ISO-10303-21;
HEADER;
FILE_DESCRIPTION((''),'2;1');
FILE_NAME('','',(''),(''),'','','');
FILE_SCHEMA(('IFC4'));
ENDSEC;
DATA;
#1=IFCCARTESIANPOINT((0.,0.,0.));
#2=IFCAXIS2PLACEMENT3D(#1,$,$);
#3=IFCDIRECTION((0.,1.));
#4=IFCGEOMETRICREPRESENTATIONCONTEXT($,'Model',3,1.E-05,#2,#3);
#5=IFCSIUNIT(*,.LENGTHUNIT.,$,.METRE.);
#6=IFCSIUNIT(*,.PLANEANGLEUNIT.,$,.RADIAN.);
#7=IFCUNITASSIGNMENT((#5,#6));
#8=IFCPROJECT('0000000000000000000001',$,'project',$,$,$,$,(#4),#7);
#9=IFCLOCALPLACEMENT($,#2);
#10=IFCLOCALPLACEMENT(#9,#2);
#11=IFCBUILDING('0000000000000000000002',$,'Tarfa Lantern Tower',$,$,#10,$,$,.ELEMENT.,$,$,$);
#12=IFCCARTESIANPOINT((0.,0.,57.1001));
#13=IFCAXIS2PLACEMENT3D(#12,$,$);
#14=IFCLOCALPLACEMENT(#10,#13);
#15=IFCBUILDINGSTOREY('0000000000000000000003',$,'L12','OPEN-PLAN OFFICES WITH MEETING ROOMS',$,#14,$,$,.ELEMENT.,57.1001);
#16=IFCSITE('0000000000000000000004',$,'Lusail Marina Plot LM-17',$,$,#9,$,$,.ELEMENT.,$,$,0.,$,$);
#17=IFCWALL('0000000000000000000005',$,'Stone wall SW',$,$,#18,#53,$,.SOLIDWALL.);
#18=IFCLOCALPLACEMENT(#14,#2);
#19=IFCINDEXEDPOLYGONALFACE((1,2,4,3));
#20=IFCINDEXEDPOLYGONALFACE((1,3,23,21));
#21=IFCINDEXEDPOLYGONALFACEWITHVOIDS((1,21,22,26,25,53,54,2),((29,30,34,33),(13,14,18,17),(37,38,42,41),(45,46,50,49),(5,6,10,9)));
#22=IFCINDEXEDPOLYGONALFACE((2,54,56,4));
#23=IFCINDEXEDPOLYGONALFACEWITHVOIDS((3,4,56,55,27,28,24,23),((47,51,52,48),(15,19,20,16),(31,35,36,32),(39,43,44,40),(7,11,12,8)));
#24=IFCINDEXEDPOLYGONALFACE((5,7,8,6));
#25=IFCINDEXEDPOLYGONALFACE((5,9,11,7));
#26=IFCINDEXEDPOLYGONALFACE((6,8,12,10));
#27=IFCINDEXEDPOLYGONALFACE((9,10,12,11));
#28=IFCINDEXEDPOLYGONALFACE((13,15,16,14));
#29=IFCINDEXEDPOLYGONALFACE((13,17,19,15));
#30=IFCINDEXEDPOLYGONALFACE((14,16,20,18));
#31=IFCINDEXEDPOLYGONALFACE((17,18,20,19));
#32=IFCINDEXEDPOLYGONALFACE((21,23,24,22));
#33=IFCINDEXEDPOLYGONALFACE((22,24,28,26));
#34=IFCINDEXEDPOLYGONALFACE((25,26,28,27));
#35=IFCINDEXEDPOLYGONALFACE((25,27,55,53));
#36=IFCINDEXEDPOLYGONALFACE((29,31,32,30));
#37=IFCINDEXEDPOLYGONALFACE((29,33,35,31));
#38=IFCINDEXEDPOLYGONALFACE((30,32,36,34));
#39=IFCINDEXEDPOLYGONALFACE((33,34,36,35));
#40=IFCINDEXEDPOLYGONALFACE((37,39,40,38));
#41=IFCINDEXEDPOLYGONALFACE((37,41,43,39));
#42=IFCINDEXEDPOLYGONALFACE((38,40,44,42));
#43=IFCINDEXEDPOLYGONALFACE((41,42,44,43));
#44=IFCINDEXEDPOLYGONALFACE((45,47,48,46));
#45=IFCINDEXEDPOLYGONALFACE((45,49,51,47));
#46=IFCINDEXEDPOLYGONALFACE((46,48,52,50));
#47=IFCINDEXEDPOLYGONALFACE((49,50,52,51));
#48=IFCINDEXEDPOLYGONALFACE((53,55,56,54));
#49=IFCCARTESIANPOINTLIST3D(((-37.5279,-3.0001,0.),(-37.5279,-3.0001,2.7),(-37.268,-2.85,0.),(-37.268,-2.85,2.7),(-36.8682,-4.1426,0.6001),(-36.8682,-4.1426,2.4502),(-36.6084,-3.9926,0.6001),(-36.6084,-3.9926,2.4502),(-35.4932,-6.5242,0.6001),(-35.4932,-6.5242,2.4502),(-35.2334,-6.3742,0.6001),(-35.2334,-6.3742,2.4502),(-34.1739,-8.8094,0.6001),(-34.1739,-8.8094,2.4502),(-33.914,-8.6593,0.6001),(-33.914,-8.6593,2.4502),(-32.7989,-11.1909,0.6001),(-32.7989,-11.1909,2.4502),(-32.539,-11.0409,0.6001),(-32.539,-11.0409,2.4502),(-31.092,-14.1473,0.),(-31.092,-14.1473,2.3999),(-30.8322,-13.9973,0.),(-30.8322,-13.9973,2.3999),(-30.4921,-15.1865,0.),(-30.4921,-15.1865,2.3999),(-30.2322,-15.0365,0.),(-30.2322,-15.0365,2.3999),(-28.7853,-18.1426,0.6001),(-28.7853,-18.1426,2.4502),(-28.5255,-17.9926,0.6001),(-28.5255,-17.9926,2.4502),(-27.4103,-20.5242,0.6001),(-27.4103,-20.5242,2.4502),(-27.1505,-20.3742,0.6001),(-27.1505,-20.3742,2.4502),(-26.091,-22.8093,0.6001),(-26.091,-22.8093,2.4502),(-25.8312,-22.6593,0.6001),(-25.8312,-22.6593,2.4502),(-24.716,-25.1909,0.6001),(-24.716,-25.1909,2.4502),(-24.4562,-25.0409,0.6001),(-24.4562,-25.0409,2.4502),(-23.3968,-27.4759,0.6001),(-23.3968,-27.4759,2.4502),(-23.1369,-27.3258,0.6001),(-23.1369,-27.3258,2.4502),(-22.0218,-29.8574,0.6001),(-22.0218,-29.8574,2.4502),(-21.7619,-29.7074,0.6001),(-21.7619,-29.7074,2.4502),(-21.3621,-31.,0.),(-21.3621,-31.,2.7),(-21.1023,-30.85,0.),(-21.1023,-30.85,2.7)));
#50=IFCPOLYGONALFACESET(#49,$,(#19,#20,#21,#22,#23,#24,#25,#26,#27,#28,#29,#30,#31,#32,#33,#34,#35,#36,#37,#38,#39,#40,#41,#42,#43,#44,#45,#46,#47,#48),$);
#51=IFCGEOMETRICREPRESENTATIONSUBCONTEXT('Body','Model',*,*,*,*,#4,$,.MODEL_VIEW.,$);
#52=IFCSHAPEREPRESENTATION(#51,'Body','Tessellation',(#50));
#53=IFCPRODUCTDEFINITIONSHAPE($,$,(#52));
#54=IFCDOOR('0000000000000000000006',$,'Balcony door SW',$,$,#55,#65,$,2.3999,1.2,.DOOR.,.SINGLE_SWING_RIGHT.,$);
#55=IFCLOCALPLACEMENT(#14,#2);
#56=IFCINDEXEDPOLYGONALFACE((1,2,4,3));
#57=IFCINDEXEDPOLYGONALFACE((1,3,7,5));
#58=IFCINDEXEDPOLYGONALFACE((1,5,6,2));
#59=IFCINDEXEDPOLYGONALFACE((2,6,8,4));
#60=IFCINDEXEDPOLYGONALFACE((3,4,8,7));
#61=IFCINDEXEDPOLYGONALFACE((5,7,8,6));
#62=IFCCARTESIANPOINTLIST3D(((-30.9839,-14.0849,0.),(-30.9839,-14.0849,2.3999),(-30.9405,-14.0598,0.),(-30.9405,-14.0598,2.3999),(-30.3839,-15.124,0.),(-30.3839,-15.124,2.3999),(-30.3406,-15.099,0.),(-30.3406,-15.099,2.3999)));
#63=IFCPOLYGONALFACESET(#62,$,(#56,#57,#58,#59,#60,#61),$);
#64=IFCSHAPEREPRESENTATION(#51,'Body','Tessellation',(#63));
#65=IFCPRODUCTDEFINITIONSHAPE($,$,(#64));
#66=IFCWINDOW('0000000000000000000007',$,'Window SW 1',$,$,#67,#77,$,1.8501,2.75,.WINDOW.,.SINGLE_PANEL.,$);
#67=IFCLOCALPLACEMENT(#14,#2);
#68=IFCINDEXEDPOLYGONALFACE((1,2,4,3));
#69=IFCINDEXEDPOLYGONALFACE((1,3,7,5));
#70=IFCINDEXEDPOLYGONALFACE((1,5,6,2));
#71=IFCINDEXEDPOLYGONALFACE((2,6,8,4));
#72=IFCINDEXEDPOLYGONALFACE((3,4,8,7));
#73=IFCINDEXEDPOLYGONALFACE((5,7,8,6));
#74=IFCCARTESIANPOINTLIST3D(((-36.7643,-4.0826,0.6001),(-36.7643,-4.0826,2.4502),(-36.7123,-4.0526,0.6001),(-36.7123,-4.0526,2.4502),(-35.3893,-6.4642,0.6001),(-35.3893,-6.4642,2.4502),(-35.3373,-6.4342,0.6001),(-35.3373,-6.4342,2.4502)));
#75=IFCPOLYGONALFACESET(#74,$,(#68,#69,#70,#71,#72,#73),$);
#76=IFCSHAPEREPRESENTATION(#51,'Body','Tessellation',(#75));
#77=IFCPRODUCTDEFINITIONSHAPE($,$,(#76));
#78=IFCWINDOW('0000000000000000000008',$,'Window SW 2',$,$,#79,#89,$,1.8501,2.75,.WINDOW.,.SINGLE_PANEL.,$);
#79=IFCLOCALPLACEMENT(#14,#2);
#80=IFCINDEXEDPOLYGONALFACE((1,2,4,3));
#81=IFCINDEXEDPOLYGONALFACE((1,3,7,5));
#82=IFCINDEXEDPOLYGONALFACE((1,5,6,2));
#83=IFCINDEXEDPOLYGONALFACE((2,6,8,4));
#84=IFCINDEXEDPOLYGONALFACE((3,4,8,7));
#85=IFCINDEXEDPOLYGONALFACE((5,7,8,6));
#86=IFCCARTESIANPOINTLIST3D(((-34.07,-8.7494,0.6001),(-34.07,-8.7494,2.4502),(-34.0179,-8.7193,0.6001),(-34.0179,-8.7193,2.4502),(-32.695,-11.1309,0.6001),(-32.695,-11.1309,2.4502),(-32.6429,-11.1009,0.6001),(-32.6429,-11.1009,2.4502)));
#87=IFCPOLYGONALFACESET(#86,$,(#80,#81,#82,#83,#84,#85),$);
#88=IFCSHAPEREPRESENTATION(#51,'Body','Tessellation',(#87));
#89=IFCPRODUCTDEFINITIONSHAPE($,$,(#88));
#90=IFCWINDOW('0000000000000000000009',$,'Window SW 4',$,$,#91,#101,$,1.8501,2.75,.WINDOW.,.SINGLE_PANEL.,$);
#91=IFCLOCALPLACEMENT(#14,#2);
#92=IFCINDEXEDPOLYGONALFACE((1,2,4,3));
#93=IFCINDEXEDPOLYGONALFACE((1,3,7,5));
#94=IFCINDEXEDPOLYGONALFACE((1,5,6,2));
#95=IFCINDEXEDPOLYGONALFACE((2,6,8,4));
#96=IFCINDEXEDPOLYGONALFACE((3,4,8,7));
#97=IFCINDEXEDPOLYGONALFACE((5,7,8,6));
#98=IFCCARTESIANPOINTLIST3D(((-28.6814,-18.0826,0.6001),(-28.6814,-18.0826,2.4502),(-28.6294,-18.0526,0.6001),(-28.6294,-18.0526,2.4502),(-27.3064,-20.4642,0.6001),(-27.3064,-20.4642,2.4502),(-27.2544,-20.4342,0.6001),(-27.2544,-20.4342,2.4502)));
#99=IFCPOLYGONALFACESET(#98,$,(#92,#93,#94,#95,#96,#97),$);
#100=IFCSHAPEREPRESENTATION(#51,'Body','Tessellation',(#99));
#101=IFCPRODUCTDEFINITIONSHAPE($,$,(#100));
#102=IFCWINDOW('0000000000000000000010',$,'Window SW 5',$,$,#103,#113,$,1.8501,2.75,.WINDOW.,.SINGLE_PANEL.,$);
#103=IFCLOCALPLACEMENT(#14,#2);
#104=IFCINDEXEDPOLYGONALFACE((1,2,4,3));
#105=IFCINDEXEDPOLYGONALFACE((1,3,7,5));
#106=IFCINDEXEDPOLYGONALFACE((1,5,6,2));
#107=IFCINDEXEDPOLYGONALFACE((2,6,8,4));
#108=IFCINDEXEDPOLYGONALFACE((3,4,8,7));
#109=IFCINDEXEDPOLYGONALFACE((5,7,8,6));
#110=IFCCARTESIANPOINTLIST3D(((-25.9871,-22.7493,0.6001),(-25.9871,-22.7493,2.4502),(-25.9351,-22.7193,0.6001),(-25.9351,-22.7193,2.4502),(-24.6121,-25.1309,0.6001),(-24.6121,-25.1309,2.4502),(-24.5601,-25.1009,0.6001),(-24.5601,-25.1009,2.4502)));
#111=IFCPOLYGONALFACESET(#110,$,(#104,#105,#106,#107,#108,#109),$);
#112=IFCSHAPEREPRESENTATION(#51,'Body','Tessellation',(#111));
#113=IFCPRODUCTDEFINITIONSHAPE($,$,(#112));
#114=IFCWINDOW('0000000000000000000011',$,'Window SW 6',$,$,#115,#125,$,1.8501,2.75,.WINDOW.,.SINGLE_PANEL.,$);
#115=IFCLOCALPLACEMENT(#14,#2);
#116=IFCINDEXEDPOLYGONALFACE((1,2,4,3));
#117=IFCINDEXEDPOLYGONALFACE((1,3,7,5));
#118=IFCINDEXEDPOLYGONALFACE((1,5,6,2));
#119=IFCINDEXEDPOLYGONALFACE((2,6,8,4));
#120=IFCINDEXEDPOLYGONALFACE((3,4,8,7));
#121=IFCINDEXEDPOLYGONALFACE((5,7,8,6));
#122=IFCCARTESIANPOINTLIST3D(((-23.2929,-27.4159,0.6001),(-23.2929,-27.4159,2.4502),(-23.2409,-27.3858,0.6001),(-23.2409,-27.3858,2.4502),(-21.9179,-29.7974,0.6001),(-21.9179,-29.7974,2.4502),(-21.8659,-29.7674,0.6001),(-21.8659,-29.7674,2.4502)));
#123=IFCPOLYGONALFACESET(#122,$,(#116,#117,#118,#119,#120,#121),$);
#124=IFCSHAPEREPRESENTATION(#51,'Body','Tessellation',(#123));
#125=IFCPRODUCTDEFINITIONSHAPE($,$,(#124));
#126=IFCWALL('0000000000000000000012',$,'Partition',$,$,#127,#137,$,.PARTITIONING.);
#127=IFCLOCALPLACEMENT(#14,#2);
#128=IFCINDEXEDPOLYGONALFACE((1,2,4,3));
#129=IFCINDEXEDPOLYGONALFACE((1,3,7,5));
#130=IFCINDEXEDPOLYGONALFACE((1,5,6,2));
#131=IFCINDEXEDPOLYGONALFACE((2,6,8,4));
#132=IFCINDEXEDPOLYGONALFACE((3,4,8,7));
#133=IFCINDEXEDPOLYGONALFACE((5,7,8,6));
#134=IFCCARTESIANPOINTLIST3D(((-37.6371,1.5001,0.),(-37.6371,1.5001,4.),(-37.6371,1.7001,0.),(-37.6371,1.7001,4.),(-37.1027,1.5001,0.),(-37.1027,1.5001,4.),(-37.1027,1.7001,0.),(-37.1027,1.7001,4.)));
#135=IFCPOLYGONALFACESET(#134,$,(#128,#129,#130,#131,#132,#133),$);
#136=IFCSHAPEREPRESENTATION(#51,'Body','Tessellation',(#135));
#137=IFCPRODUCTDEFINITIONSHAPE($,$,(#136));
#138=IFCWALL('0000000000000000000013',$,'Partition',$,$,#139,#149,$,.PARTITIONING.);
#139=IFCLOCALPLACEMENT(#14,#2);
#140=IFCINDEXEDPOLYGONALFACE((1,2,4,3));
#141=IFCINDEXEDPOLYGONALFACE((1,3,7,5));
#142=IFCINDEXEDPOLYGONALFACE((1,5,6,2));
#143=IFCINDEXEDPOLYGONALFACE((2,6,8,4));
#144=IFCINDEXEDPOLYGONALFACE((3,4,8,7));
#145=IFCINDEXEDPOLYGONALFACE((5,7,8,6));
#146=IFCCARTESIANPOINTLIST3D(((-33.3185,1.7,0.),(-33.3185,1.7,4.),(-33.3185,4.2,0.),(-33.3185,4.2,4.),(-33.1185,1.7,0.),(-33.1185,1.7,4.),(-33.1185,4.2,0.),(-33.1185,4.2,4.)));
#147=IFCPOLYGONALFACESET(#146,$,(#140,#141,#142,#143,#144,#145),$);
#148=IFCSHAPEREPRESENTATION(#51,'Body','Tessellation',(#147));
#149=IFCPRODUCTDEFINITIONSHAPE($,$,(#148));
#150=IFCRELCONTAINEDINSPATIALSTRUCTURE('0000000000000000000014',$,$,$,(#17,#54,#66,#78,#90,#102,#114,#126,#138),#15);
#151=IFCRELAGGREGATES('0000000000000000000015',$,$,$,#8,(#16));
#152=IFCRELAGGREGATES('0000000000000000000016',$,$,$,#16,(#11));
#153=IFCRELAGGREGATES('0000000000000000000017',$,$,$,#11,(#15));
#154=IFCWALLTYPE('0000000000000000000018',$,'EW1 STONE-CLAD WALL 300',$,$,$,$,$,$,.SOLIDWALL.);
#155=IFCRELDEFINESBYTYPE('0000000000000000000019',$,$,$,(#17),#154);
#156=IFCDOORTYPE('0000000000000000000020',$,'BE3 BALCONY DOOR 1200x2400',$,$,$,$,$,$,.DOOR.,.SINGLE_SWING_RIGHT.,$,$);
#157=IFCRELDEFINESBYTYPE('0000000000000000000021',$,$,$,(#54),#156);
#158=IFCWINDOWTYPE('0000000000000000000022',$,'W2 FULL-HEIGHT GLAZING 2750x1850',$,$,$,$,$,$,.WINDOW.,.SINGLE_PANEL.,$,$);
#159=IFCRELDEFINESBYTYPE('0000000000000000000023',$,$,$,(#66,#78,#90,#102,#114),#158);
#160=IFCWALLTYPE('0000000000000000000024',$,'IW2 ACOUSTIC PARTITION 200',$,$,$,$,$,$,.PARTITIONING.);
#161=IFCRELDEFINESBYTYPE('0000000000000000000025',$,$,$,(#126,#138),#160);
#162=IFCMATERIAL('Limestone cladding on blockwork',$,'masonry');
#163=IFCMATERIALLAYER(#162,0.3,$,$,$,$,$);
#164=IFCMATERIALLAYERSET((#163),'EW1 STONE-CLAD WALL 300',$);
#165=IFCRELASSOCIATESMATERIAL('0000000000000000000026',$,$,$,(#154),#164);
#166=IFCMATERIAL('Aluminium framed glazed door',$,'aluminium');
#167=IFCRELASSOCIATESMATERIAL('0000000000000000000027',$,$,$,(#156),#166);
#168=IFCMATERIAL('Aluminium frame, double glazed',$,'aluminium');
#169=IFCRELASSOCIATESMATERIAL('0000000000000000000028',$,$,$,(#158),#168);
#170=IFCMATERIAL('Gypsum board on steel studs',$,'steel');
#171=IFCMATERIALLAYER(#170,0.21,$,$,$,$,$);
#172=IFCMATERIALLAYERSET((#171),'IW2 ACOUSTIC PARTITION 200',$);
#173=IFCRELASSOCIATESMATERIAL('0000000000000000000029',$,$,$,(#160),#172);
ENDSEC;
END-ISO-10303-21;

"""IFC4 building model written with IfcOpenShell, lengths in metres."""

from ifc_helpers import new_model, si_unit, direction, frame, frame_2d, origin, place, context, subcontext, project, spatial, rectangle, extrude, material, layer, layer_set, type_object, element, fill, save


model = new_model("IFC4")

# Units and contexts
model_context = context("Model", 3, precision=1e-05, world=origin(), true_north=direction((0.0, 1.0)))
body_context = subcontext(model_context, "Body", "Model", "MODEL_VIEW")
ifc_project = project(units=[si_unit("LENGTHUNIT", "METRE"), si_unit("PLANEANGLEUNIT", "RADIAN")], contexts=[model_context])

# Site, building, storey
site_placement = place(None, origin())
site = spatial("IfcSite", under=ifc_project, at=site_placement, Name="Lusail Marina Plot LM-17", CompositionType="ELEMENT", RefElevation=0.0)
building_placement = place(site_placement, origin())
building = spatial("IfcBuilding", under=site, at=building_placement, Name="Tarfa Lantern Tower", CompositionType="ELEMENT")
storey_placement = place(building_placement, frame((0.0, 0.0, 57.1001)))
storey = spatial("IfcBuildingStorey", under=building, at=storey_placement, Name="L12", Description="OPEN-PLAN OFFICES WITH MEETING ROOMS", CompositionType="ELEMENT", Elevation=57.1001)

# Wall, openings, door, windows
ifc_material_1 = material(Name="Limestone cladding on blockwork", Category="masonry")
ifc_layer_1 = layer(ifc_material_1, 0.3)
ifc_layer_set_1 = layer_set([ifc_layer_1], Name="EW1 STONE-CLAD WALL 300")
wall_type_1 = type_object("IfcWallType", Name="EW1 STONE-CLAD WALL 300", PredefinedType="SOLIDWALL", material=ifc_layer_set_1)
wall_1_placement = place(storey_placement, frame((-37.3979, -2.925, 0.0), z_axis=(0.0, 0.0, 1.0), x_axis=(0.499999, -0.866026, 0.0)))
wall_1 = element("IfcWall", 1, at=wall_1_placement, inside=storey, type_object=wall_type_1, Name="Stone wall SW", PredefinedType="SOLIDWALL", context=body_context, shape_type="SweptSolid", body=[
    extrude(rectangle(XDim=32.3315, YDim=0.3, at=frame_2d((16.1658, 0.0))), origin(), (0.0, 0.0, 1.0), 2.7),
])
opening_1_placement = place(wall_1_placement, frame((1.3193, 0.0, 0.6001)))
opening_1 = element("IfcOpeningElement", 2, at=opening_1_placement, cuts=wall_1, PredefinedType="OPENING", context=body_context, shape_type="SweptSolid", body=[
    extrude(rectangle(XDim=2.75, YDim=1.8501, at=frame_2d((1.375, 0.925))), frame((0.0, 0.1599, 0.0), z_axis=(0.0, -1.0, 0.0), x_axis=(1.0, 0.0, 0.0)), (0.0, 0.0, 1.0), 0.3201),
])
opening_2_placement = place(wall_1_placement, frame((6.708, 0.0, 0.6001)))
opening_2 = element("IfcOpeningElement", 3, at=opening_2_placement, cuts=wall_1, PredefinedType="OPENING", context=body_context, shape_type="SweptSolid", body=[
    extrude(rectangle(XDim=2.75, YDim=1.8501, at=frame_2d((1.375, 0.925))), frame((0.0, 0.1599, 0.0), z_axis=(0.0, -1.0, 0.0), x_axis=(1.0, 0.0, 0.0)), (0.0, 0.0, 1.0), 0.3201),
])
opening_3_placement = place(wall_1_placement, frame((12.8716, 0.0, 0.0)))
opening_3 = element("IfcOpeningElement", 4, at=opening_3_placement, cuts=wall_1, PredefinedType="OPENING", context=body_context, shape_type="SweptSolid", body=[
    extrude(rectangle(XDim=1.2, YDim=2.3999, at=frame_2d((0.6001, 1.2))), frame((0.0, 0.1599, 0.0), z_axis=(0.0, -1.0, 0.0), x_axis=(1.0, 0.0, 0.0)), (0.0, 0.0, 1.0), 0.3201),
])
opening_4_placement = place(wall_1_placement, frame((17.4851, 0.0, 0.6001)))
opening_4 = element("IfcOpeningElement", 5, at=opening_4_placement, cuts=wall_1, PredefinedType="OPENING", context=body_context, shape_type="SweptSolid", body=[
    extrude(rectangle(XDim=2.75, YDim=1.8501, at=frame_2d((1.375, 0.925))), frame((0.0, 0.1599, 0.0), z_axis=(0.0, -1.0, 0.0), x_axis=(1.0, 0.0, 0.0)), (0.0, 0.0, 1.0), 0.3201),
])
opening_5_placement = place(wall_1_placement, frame((22.8738, 0.0, 0.6001)))
opening_5 = element("IfcOpeningElement", 6, at=opening_5_placement, cuts=wall_1, PredefinedType="OPENING", context=body_context, shape_type="SweptSolid", body=[
    extrude(rectangle(XDim=2.75, YDim=1.8501, at=frame_2d((1.375, 0.925))), frame((0.0, 0.1599, 0.0), z_axis=(0.0, -1.0, 0.0), x_axis=(1.0, 0.0, 0.0)), (0.0, 0.0, 1.0), 0.3201),
])
opening_6_placement = place(wall_1_placement, frame((28.2622, 0.0, 0.6001)))
opening_6 = element("IfcOpeningElement", 7, at=opening_6_placement, cuts=wall_1, PredefinedType="OPENING", context=body_context, shape_type="SweptSolid", body=[
    extrude(rectangle(XDim=2.75, YDim=1.8501, at=frame_2d((1.375, 0.925))), frame((0.0, 0.1599, 0.0), z_axis=(0.0, -1.0, 0.0), x_axis=(1.0, 0.0, 0.0)), (0.0, 0.0, 1.0), 0.3201),
])
ifc_material_2 = material(Name="Aluminium framed glazed door", Category="aluminium")
door_type = type_object("IfcDoorType", Name="BE3 BALCONY DOOR 1200x2400", OperationType="SINGLE_SWING_RIGHT", PredefinedType="DOOR", material=ifc_material_2)
door_placement = place(opening_3_placement, origin())
door = element("IfcDoor", 8, at=door_placement, inside=storey, type_object=door_type, Name="Balcony door SW", OperationType="SINGLE_SWING_RIGHT", OverallHeight=2.3999, OverallWidth=1.2, PredefinedType="DOOR", context=body_context, shape_type="SweptSolid", body=[
    extrude(rectangle(XDim=1.2, YDim=2.3999, at=frame_2d((0.6001, 1.2))), frame((0.0, 0.0249, 0.0), z_axis=(0.0, -1.0, 0.0), x_axis=(1.0, 0.0, 0.0)), (0.0, 0.0, 1.0), 0.05),
])
fill(opening_3, door)
ifc_material_3 = material(Name="Aluminium frame, double glazed", Category="aluminium")
window_type = type_object("IfcWindowType", Name="W2 FULL-HEIGHT GLAZING 2750x1850", PartitioningType="SINGLE_PANEL", PredefinedType="WINDOW", material=ifc_material_3)
window_1_placement = place(opening_1_placement, origin())
window_1 = element("IfcWindow", 9, at=window_1_placement, inside=storey, type_object=window_type, Name="Window SW 1", OverallHeight=1.8501, OverallWidth=2.75, PartitioningType="SINGLE_PANEL", PredefinedType="WINDOW", context=body_context, shape_type="SweptSolid", body=[
    extrude(rectangle(XDim=2.75, YDim=1.8501, at=frame_2d((1.375, 0.925))), frame((0.0, 0.03, 0.0), z_axis=(0.0, -1.0, 0.0), x_axis=(1.0, 0.0, 0.0)), (0.0, 0.0, 1.0), 0.0601),
])
fill(opening_1, window_1)
window_2_placement = place(opening_2_placement, origin())
window_2 = element("IfcWindow", 10, at=window_2_placement, inside=storey, type_object=window_type, Name="Window SW 2", OverallHeight=1.8501, OverallWidth=2.75, PartitioningType="SINGLE_PANEL", PredefinedType="WINDOW", context=body_context, shape_type="SweptSolid", body=[
    extrude(rectangle(XDim=2.75, YDim=1.8501, at=frame_2d((1.375, 0.925))), frame((0.0, 0.03, 0.0), z_axis=(0.0, -1.0, 0.0), x_axis=(1.0, 0.0, 0.0)), (0.0, 0.0, 1.0), 0.0601),
])
fill(opening_2, window_2)
window_3_placement = place(opening_4_placement, origin())
window_3 = element("IfcWindow", 11, at=window_3_placement, inside=storey, type_object=window_type, Name="Window SW 4", OverallHeight=1.8501, OverallWidth=2.75, PartitioningType="SINGLE_PANEL", PredefinedType="WINDOW", context=body_context, shape_type="SweptSolid", body=[
    extrude(rectangle(XDim=2.75, YDim=1.8501, at=frame_2d((1.375, 0.925))), frame((0.0, 0.03, 0.0), z_axis=(0.0, -1.0, 0.0), x_axis=(1.0, 0.0, 0.0)), (0.0, 0.0, 1.0), 0.0601),
])
fill(opening_4, window_3)
window_4_placement = place(opening_5_placement, origin())
window_4 = element("IfcWindow", 12, at=window_4_placement, inside=storey, type_object=window_type, Name="Window SW 5", OverallHeight=1.8501, OverallWidth=2.75, PartitioningType="SINGLE_PANEL", PredefinedType="WINDOW", context=body_context, shape_type="SweptSolid", body=[
    extrude(rectangle(XDim=2.75, YDim=1.8501, at=frame_2d((1.375, 0.925))), frame((0.0, 0.03, 0.0), z_axis=(0.0, -1.0, 0.0), x_axis=(1.0, 0.0, 0.0)), (0.0, 0.0, 1.0), 0.0601),
])
fill(opening_5, window_4)
window_5_placement = place(opening_6_placement, origin())
window_5 = element("IfcWindow", 13, at=window_5_placement, inside=storey, type_object=window_type, Name="Window SW 6", OverallHeight=1.8501, OverallWidth=2.75, PartitioningType="SINGLE_PANEL", PredefinedType="WINDOW", context=body_context, shape_type="SweptSolid", body=[
    extrude(rectangle(XDim=2.75, YDim=1.8501, at=frame_2d((1.375, 0.925))), frame((0.0, 0.03, 0.0), z_axis=(0.0, -1.0, 0.0), x_axis=(1.0, 0.0, 0.0)), (0.0, 0.0, 1.0), 0.0601),
])
fill(opening_6, window_5)

# Walls
ifc_material_4 = material(Name="Gypsum board on steel studs", Category="steel")
ifc_layer_2 = layer(ifc_material_4, 0.21)
ifc_layer_set_2 = layer_set([ifc_layer_2], Name="IW2 ACOUSTIC PARTITION 200")
wall_type_2 = type_object("IfcWallType", Name="IW2 ACOUSTIC PARTITION 200", PredefinedType="PARTITIONING", material=ifc_layer_set_2)
wall_2_placement = place(storey_placement, frame((-37.1028, 1.6001, 0.0), z_axis=(0.0, 0.0, 1.0), x_axis=(-1.0, 0.0, 0.0)))
element("IfcWall", 14, at=wall_2_placement, inside=storey, type_object=wall_type_2, Name="Partition", PredefinedType="PARTITIONING", context=body_context, shape_type="SweptSolid", body=[
    extrude(rectangle(XDim=0.5344, YDim=0.2, at=frame_2d((0.2671, 0.0))), origin(), (0.0, 0.0, 1.0), 4.0),
])
wall_3_placement = place(storey_placement, frame((-33.2185, 1.7, 0.0), z_axis=(0.0, 0.0, 1.0), x_axis=(0.0, 1.0, 0.0)))
element("IfcWall", 15, at=wall_3_placement, inside=storey, type_object=wall_type_2, Name="Partition", PredefinedType="PARTITIONING", context=body_context, shape_type="SweptSolid", body=[
    extrude(rectangle(XDim=2.5, YDim=0.2, at=frame_2d((1.25, 0.0))), origin(), (0.0, 0.0, 1.0), 4.0),
])

save(model, "model.ifc")
